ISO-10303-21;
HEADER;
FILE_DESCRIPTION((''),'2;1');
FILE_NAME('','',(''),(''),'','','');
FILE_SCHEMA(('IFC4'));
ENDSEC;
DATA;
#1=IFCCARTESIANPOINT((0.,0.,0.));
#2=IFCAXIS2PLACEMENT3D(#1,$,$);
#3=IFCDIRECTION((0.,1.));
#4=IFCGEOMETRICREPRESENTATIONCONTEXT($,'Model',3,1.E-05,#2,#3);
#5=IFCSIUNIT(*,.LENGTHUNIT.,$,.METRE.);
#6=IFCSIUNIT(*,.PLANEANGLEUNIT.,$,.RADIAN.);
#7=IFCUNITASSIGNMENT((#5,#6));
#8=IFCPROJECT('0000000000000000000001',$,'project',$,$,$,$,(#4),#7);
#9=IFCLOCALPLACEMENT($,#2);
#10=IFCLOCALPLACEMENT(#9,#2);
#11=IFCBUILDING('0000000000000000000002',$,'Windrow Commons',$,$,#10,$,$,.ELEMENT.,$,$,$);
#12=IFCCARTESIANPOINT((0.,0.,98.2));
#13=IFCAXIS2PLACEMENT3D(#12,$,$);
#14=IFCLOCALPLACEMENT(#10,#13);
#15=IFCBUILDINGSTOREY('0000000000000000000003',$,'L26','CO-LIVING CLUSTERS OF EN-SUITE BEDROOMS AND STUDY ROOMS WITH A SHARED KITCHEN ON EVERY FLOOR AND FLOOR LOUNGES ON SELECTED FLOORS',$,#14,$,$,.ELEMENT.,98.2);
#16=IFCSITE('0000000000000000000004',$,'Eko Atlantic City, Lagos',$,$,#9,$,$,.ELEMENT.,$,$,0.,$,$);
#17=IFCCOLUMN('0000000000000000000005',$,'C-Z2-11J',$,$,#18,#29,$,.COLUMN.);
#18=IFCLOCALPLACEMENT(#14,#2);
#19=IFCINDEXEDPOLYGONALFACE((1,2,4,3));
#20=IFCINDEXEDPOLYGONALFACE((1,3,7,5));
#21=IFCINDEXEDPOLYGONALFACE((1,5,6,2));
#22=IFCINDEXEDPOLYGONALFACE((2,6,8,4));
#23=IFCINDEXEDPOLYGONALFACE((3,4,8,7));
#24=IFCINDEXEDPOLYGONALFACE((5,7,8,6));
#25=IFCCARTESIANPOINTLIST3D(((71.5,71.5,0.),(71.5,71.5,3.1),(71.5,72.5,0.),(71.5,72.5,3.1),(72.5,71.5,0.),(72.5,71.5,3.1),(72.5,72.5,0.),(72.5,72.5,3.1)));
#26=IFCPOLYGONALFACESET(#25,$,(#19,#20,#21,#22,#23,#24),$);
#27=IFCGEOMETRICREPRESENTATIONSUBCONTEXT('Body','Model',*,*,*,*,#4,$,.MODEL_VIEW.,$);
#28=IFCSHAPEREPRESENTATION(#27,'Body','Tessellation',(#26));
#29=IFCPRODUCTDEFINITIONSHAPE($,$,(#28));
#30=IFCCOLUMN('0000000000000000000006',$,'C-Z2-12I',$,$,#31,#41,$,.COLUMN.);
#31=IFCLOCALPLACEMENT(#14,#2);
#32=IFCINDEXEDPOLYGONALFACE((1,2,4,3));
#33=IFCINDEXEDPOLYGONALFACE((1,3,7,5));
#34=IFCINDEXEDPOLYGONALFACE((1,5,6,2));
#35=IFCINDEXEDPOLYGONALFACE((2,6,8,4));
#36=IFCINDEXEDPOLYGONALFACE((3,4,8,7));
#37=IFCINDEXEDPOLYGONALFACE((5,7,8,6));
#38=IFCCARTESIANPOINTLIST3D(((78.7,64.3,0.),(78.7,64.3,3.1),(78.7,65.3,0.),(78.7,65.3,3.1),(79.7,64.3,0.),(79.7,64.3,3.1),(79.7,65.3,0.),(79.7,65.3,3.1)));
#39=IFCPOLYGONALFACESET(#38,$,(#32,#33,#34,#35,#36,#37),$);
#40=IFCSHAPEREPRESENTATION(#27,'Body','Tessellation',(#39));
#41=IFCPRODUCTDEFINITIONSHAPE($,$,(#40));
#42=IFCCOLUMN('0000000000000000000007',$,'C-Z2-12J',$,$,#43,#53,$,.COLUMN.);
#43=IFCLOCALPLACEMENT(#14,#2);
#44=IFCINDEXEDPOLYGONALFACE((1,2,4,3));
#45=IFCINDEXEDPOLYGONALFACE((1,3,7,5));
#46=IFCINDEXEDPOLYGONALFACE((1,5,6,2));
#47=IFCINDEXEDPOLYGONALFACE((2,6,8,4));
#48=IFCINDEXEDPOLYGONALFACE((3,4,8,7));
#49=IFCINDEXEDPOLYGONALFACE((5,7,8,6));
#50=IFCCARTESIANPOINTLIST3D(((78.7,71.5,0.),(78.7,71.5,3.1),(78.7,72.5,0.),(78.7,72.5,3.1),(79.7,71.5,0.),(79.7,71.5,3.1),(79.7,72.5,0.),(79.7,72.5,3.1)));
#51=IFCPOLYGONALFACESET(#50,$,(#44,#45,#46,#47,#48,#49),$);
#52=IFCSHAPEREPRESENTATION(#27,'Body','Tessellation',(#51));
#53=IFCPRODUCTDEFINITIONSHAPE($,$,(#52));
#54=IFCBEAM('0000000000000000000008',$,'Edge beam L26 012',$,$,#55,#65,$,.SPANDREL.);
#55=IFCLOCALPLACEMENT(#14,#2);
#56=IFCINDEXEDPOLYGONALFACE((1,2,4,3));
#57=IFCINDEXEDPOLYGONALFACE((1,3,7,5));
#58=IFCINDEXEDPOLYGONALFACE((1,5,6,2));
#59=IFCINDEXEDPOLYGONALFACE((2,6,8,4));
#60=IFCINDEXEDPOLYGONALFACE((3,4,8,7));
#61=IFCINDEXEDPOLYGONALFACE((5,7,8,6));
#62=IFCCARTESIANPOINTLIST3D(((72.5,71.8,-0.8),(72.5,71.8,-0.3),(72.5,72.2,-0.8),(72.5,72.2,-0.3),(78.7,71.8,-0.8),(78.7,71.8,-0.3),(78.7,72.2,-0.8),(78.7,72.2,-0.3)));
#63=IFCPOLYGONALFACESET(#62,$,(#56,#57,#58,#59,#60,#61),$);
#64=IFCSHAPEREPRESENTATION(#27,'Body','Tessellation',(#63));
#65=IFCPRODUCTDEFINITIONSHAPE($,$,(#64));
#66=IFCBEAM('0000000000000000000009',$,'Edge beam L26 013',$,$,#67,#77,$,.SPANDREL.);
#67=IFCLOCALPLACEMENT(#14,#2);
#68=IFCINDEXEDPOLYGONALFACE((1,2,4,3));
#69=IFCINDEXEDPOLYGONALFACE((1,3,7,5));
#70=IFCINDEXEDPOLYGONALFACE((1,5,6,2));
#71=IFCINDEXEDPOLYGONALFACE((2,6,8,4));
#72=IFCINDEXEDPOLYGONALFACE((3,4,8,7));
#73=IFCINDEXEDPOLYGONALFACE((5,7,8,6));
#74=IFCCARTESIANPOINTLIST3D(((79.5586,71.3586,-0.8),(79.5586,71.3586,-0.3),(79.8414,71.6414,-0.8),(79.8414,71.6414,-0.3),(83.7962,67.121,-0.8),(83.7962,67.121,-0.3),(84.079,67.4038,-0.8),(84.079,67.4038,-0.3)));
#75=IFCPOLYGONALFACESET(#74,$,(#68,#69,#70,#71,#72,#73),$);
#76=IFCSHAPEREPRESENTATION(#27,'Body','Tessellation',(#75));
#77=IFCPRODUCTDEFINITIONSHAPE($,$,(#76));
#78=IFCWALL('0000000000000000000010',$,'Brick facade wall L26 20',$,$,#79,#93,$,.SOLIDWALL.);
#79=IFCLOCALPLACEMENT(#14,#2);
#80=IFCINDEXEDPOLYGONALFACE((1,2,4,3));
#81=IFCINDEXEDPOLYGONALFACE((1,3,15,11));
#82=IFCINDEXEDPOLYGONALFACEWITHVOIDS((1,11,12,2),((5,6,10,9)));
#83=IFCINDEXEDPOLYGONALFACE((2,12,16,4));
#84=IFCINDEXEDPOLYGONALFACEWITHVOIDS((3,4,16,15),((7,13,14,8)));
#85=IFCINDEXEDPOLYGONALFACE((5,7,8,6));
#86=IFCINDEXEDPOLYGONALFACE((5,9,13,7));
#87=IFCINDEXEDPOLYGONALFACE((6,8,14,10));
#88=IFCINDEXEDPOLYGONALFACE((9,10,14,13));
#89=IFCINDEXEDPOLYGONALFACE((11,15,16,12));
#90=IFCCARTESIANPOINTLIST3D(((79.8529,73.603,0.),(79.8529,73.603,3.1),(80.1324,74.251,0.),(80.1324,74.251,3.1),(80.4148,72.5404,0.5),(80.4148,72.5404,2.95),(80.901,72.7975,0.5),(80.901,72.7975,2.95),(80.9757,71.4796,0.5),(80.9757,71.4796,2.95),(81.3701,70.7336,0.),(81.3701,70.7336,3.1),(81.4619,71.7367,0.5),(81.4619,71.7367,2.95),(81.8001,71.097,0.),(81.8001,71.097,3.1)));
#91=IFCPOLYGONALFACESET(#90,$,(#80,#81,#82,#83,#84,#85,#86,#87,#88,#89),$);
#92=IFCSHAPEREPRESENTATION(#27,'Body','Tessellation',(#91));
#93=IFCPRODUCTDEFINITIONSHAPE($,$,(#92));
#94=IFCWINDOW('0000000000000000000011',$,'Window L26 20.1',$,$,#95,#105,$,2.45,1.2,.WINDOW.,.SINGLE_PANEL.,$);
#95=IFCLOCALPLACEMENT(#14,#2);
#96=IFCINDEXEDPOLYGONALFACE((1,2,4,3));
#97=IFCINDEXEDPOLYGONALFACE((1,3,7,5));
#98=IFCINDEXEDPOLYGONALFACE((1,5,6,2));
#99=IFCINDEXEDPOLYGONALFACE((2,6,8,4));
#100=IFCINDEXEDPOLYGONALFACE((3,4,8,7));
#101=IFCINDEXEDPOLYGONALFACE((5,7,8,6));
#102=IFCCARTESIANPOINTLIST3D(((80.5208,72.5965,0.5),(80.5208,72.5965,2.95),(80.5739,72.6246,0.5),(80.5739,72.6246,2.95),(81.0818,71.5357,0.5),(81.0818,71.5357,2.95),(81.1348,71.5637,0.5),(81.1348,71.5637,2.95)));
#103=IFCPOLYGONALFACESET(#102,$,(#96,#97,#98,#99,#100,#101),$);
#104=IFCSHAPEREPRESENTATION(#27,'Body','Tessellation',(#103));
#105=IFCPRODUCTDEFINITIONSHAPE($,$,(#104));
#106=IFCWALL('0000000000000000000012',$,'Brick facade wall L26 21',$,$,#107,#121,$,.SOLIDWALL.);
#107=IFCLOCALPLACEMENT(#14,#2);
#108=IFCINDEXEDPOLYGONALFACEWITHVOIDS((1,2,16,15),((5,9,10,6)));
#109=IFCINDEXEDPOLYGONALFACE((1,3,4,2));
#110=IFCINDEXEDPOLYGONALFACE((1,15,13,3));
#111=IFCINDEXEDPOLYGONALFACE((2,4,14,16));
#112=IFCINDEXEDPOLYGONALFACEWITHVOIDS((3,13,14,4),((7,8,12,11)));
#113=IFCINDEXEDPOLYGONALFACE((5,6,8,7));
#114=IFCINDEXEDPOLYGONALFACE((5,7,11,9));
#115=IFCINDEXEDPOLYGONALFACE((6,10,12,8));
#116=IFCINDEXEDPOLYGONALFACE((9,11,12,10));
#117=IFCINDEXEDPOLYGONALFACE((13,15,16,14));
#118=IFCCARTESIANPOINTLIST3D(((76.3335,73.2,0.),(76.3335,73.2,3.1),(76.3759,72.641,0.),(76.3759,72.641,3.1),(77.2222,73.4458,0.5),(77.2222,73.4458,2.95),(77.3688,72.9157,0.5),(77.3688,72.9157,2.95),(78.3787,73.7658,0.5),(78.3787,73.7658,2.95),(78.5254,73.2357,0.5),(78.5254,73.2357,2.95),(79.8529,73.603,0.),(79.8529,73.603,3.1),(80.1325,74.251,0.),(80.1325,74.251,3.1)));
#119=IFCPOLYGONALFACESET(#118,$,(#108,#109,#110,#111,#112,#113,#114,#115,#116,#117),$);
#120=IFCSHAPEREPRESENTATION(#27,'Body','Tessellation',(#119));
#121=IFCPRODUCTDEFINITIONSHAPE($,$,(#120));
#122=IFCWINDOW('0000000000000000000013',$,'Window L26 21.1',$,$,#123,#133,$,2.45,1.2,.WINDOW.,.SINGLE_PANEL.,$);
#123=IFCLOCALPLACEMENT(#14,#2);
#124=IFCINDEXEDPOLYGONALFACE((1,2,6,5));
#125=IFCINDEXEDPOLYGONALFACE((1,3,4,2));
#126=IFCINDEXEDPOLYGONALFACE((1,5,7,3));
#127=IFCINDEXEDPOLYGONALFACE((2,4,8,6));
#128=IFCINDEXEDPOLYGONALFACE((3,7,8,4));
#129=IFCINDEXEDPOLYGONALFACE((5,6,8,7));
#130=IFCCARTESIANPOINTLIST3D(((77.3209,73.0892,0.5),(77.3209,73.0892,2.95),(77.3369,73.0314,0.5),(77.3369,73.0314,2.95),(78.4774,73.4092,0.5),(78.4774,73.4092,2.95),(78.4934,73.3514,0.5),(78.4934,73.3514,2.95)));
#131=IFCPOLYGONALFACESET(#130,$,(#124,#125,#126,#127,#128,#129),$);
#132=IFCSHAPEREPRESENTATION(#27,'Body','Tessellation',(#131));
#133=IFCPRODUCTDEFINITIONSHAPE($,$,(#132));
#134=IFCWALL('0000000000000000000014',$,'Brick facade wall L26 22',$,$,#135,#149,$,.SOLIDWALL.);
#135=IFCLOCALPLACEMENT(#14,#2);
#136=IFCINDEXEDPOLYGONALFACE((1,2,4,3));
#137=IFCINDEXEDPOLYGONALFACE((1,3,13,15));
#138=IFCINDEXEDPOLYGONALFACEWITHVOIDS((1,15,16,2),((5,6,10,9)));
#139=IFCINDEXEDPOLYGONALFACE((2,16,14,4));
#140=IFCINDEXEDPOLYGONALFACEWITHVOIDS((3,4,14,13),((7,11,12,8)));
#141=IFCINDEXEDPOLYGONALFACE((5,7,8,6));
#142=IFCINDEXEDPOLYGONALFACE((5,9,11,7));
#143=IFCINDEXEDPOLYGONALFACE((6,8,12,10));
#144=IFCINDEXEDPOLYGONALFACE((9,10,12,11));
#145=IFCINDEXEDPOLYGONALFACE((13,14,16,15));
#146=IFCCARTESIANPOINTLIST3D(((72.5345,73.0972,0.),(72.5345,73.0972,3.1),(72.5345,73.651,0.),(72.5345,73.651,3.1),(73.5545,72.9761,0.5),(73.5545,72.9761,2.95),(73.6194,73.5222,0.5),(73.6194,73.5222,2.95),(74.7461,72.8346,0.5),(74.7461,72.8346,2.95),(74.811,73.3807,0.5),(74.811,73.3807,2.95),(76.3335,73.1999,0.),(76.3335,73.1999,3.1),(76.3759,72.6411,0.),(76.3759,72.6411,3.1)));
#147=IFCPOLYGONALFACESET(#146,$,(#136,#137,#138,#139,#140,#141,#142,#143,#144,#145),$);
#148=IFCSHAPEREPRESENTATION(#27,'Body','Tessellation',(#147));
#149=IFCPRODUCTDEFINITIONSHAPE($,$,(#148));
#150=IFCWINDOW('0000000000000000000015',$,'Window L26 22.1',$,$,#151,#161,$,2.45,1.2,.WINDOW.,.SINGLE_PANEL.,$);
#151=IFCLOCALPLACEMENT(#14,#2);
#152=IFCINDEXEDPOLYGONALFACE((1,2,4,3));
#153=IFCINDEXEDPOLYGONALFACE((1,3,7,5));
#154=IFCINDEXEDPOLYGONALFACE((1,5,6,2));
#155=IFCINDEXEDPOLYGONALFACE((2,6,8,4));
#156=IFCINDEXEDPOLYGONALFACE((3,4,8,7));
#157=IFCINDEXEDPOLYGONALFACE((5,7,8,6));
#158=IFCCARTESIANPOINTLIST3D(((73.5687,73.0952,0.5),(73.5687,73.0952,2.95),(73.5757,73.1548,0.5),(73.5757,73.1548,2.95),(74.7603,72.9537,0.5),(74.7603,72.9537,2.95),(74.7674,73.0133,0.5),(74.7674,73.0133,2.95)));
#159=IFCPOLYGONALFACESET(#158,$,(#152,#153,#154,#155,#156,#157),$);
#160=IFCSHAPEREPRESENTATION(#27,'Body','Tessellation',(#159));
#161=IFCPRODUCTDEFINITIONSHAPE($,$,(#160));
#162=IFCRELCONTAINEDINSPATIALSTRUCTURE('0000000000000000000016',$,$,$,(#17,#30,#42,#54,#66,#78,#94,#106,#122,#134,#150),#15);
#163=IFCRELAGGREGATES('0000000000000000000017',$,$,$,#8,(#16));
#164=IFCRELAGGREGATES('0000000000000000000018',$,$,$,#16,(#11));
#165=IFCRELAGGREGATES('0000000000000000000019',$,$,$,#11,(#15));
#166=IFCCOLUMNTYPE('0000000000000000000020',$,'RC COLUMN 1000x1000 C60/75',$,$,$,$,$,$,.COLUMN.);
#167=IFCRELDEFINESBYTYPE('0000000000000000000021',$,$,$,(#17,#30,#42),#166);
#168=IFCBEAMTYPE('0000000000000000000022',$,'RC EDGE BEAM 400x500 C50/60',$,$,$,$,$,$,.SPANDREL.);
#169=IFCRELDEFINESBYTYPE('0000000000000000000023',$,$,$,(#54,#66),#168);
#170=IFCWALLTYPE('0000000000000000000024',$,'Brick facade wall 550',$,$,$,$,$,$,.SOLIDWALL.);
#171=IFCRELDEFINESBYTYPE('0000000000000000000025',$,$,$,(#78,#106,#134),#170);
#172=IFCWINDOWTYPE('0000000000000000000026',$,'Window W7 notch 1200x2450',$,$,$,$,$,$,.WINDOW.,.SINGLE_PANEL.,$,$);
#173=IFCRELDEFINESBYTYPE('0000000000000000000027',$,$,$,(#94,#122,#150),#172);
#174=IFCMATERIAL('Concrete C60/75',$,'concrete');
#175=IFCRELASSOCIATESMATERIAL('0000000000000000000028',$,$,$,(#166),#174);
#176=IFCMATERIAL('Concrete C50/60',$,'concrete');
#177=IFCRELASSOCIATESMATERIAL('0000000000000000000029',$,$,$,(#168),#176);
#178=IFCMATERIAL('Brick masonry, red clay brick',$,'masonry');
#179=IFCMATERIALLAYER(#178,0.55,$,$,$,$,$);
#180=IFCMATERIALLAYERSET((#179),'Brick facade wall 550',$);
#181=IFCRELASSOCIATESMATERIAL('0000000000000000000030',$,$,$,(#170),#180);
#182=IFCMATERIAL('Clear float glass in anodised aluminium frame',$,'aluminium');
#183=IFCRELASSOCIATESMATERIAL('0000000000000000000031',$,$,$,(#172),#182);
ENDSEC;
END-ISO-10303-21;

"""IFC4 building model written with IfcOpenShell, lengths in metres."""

from ifc_helpers import new_model, si_unit, direction, frame, frame_2d, origin, origin_2d, place, context, subcontext, project, spatial, polyline, rectangle, outline, extrude, material, layer, layer_set, material_profile, profile_set, type_object, element, fill, save


model = new_model("IFC4")

# Units and contexts
model_context = context("Model", 3, precision=1e-05, world=origin(), true_north=direction((0.0, 1.0)))
body_context = subcontext(model_context, "Body", "Model", "MODEL_VIEW")
ifc_project = project(units=[si_unit("LENGTHUNIT", "METRE"), si_unit("PLANEANGLEUNIT", "RADIAN")], contexts=[model_context])

# Site, building, storey
site_placement = place(None, origin())
site = spatial("IfcSite", under=ifc_project, at=site_placement, Name="Eko Atlantic City, Lagos", CompositionType="ELEMENT", RefElevation=0.0)
building_placement = place(site_placement, origin())
building = spatial("IfcBuilding", under=site, at=building_placement, Name="Windrow Commons", CompositionType="ELEMENT")
storey_placement = place(building_placement, frame((0.0, 0.0, 98.2)))
storey = spatial("IfcBuildingStorey", under=building, at=storey_placement, Name="L26", Description="CO-LIVING CLUSTERS OF EN-SUITE BEDROOMS AND STUDY ROOMS WITH A SHARED KITCHEN ON EVERY FLOOR AND FLOOR LOUNGES ON SELECTED FLOORS", CompositionType="ELEMENT", Elevation=98.2)

# Columns
ifc_material_1 = material(Name="Concrete C60/75", Category="concrete")
ifc_material_profile_1 = material_profile(ifc_material_1, rectangle(XDim=1.0, YDim=1.0, at=origin_2d()))
ifc_profile_set_1 = profile_set([ifc_material_profile_1], Name="Concrete C60/75")
column_type = type_object("IfcColumnType", Name="RC COLUMN 1000x1000 C60/75", PredefinedType="COLUMN", material=ifc_profile_set_1)
for number, where, z_axis, x_axis, name in (
    (1, (72.0, 72.0, 0.0), (0.0, 0.0, 1.0), (1.0, 0.0, 0.0), "C-Z2-11J"),
    (2, (79.2, 64.8, 0.0), (0.0, 0.0, 1.0), (1.0, 0.0, 0.0), "C-Z2-12I"),
    (3, (79.2, 72.0, 0.0), (0.0, 0.0, 1.0), (1.0, 0.0, 0.0), "C-Z2-12J"),
):
    element("IfcColumn", number, at=place(storey_placement, frame(where, z_axis=z_axis, x_axis=x_axis)), inside=storey, type_object=column_type, Name=name, PredefinedType="COLUMN", context=body_context, shape_type="SweptSolid", body=[
        extrude(rectangle(XDim=1.0, YDim=1.0, at=origin_2d()), origin(), (0.0, 0.0, 1.0), 3.1),
    ])

# Beams
ifc_material_2 = material(Name="Concrete C50/60", Category="concrete")
ifc_material_profile_2 = material_profile(ifc_material_2, rectangle(XDim=0.4, YDim=0.5, at=origin_2d()))
ifc_profile_set_2 = profile_set([ifc_material_profile_2], Name="Concrete C50/60")
beam_type = type_object("IfcBeamType", Name="RC EDGE BEAM 400x500 C50/60", PredefinedType="SPANDREL", material=ifc_profile_set_2)
beam_1_placement = place(storey_placement, frame((72.5, 72.0, -0.55), z_axis=(1.0, 0.0, 0.0), x_axis=(0.0, 1.0, 0.0)))
element("IfcBeam", 4, at=beam_1_placement, inside=storey, type_object=beam_type, Name="Edge beam L26 012", PredefinedType="SPANDREL", context=body_context, shape_type="SweptSolid", body=[
    extrude(rectangle(XDim=0.4, YDim=0.5, at=origin_2d()), origin(), (0.0, 0.0, 1.0), 6.2),
])
beam_2_placement = place(storey_placement, frame((79.7, 71.5, -0.55), z_axis=(0.707107, -0.707107, 0.0), x_axis=(0.707107, 0.707107, 0.0)))
element("IfcBeam", 5, at=beam_2_placement, inside=storey, type_object=beam_type, Name="Edge beam L26 013", PredefinedType="SPANDREL", context=body_context, shape_type="SweptSolid", body=[
    extrude(rectangle(XDim=0.4, YDim=0.5, at=origin_2d()), origin(), (0.0, 0.0, 1.0), 5.9929),
])

# Walls, openings, windows
ifc_material_3 = material(Name="Brick masonry, red clay brick", Category="masonry")
ifc_layer_1 = layer(ifc_material_3, 0.55)
ifc_layer_set_1 = layer_set([ifc_layer_1], Name="Brick facade wall 550")
wall_type_1 = type_object("IfcWallType", Name="Brick facade wall 550", PredefinedType="SOLIDWALL", material=ifc_layer_set_1)
wall_1_placement = place(storey_placement, frame((81.5851, 70.9153, 0.0), z_axis=(0.0, 0.0, 1.0), x_axis=(-0.467422, 0.884034, 0.0)))
wall_1 = element("IfcWall", 6, at=wall_1_placement, inside=storey, type_object=wall_type_1, Name="Brick facade wall L26 20", PredefinedType="SOLIDWALL", context=body_context, shape_type="SweptSolid", body=[
    extrude(outline(polyline([(0.0601, -0.275), (3.6279, -0.275), (3.1857, 0.275), (-0.0601, 0.275), (0.0601, -0.275)])), origin(), (0.0, 0.0, 1.0), 3.1),
])
opening_1_placement = place(wall_1_placement, frame((0.7837, 0.0, 0.5)))
opening_1 = element("IfcOpeningElement", 7, at=opening_1_placement, cuts=wall_1, PredefinedType="OPENING", context=body_context, shape_type="SweptSolid", body=[
    extrude(rectangle(XDim=1.2, YDim=2.45, at=frame_2d((0.6, 1.225))), frame((0.0, 0.285, 0.0), z_axis=(0.0, -1.0, 0.0), x_axis=(1.0, 0.0, 0.0)), (0.0, 0.0, 1.0), 0.57),
])
ifc_material_4 = material(Name="Clear float glass in anodised aluminium frame", Category="aluminium")
window_type_1 = type_object("IfcWindowType", Name="Window W7 notch 1200x2450", PartitioningType="SINGLE_PANEL", PredefinedType="WINDOW", material=ifc_material_4)
window_1_placement = place(opening_1_placement, origin())
window_1 = element("IfcWindow", 8, at=window_1_placement, inside=storey, type_object=window_type_1, Name="Window L26 20.1", OverallHeight=2.45, OverallWidth=1.2, PartitioningType="SINGLE_PANEL", PredefinedType="WINDOW", context=body_context, shape_type="SweptSolid", body=[
    extrude(rectangle(XDim=1.2, YDim=2.45, at=frame_2d((0.6, 1.225))), frame((0.0, 0.155, 0.0), z_axis=(0.0, -1.0, 0.0), x_axis=(1.0, 0.0, 0.0)), (0.0, 0.0, 1.0), 0.06),
])
fill(opening_1, window_1)
wall_2_placement = place(storey_placement, frame((79.9927, 73.927, 0.0), z_axis=(0.0, 0.0, 1.0), x_axis=(-0.963794, -0.266646, 0.0)))
wall_2 = element("IfcWall", 9, at=wall_2_placement, inside=storey, type_object=wall_type_1, Name="Brick facade wall L26 21", PredefinedType="SOLIDWALL", context=body_context, shape_type="SweptSolid", body=[
    extrude(outline(polyline([(-0.2211, -0.275), (3.7206, -0.275), (3.8287, 0.275), (0.2211, 0.275), (-0.2211, -0.275)])), origin(), (0.0, 0.0, 1.0), 3.1),
])
opening_2_placement = place(wall_2_placement, frame((1.5985, 0.0, 0.5)))
opening_2 = element("IfcOpeningElement", 10, at=opening_2_placement, cuts=wall_2, PredefinedType="OPENING", context=body_context, shape_type="SweptSolid", body=[
    extrude(rectangle(XDim=1.2, YDim=2.45, at=frame_2d((0.6, 1.225))), frame((0.0, 0.285, 0.0), z_axis=(0.0, -1.0, 0.0), x_axis=(1.0, 0.0, 0.0)), (0.0, 0.0, 1.0), 0.57),
])
window_2_placement = place(opening_2_placement, origin())
window_2 = element("IfcWindow", 11, at=window_2_placement, inside=storey, type_object=window_type_1, Name="Window L26 21.1", OverallHeight=2.45, OverallWidth=1.2, PartitioningType="SINGLE_PANEL", PredefinedType="WINDOW", context=body_context, shape_type="SweptSolid", body=[
    extrude(rectangle(XDim=1.2, YDim=2.45, at=frame_2d((0.6, 1.225))), frame((0.0, 0.155, 0.0), z_axis=(0.0, -1.0, 0.0), x_axis=(1.0, 0.0, 0.0)), (0.0, 0.0, 1.0), 0.06),
])
fill(opening_2, window_2)
wall_3_placement = place(storey_placement, frame((76.3547, 72.9205, 0.0), z_axis=(0.0, 0.0, 1.0), x_axis=(-0.993024, 0.117909, 0.0)))
wall_3 = element("IfcWall", 12, at=wall_3_placement, inside=storey, type_object=wall_type_1, Name="Brick facade wall L26 22", PredefinedType="SOLIDWALL", context=body_context, shape_type="SweptSolid", body=[
    extrude(outline(polyline([(0.054, -0.275), (3.8797, -0.275), (3.8144, 0.275), (-0.054, 0.275), (0.054, -0.275)])), origin(), (0.0, 0.0, 1.0), 3.1),
])
opening_3_placement = place(wall_3_placement, frame((1.5872, 0.0, 0.5)))
opening_3 = element("IfcOpeningElement", 13, at=opening_3_placement, cuts=wall_3, PredefinedType="OPENING", context=body_context, shape_type="SweptSolid", body=[
    extrude(rectangle(XDim=1.2, YDim=2.45, at=frame_2d((0.6, 1.225))), frame((0.0, 0.285, 0.0), z_axis=(0.0, -1.0, 0.0), x_axis=(1.0, 0.0, 0.0)), (0.0, 0.0, 1.0), 0.57),
])
window_3_placement = place(opening_3_placement, origin())
window_3 = element("IfcWindow", 14, at=window_3_placement, inside=storey, type_object=window_type_1, Name="Window L26 22.1", OverallHeight=2.45, OverallWidth=1.2, PartitioningType="SINGLE_PANEL", PredefinedType="WINDOW", context=body_context, shape_type="SweptSolid", body=[
    extrude(rectangle(XDim=1.2, YDim=2.45, at=frame_2d((0.6, 1.225))), frame((0.0, 0.155, 0.0), z_axis=(0.0, -1.0, 0.0), x_axis=(1.0, 0.0, 0.0)), (0.0, 0.0, 1.0), 0.06),
])
fill(opening_3, window_3)

save(model, "model.ifc")
